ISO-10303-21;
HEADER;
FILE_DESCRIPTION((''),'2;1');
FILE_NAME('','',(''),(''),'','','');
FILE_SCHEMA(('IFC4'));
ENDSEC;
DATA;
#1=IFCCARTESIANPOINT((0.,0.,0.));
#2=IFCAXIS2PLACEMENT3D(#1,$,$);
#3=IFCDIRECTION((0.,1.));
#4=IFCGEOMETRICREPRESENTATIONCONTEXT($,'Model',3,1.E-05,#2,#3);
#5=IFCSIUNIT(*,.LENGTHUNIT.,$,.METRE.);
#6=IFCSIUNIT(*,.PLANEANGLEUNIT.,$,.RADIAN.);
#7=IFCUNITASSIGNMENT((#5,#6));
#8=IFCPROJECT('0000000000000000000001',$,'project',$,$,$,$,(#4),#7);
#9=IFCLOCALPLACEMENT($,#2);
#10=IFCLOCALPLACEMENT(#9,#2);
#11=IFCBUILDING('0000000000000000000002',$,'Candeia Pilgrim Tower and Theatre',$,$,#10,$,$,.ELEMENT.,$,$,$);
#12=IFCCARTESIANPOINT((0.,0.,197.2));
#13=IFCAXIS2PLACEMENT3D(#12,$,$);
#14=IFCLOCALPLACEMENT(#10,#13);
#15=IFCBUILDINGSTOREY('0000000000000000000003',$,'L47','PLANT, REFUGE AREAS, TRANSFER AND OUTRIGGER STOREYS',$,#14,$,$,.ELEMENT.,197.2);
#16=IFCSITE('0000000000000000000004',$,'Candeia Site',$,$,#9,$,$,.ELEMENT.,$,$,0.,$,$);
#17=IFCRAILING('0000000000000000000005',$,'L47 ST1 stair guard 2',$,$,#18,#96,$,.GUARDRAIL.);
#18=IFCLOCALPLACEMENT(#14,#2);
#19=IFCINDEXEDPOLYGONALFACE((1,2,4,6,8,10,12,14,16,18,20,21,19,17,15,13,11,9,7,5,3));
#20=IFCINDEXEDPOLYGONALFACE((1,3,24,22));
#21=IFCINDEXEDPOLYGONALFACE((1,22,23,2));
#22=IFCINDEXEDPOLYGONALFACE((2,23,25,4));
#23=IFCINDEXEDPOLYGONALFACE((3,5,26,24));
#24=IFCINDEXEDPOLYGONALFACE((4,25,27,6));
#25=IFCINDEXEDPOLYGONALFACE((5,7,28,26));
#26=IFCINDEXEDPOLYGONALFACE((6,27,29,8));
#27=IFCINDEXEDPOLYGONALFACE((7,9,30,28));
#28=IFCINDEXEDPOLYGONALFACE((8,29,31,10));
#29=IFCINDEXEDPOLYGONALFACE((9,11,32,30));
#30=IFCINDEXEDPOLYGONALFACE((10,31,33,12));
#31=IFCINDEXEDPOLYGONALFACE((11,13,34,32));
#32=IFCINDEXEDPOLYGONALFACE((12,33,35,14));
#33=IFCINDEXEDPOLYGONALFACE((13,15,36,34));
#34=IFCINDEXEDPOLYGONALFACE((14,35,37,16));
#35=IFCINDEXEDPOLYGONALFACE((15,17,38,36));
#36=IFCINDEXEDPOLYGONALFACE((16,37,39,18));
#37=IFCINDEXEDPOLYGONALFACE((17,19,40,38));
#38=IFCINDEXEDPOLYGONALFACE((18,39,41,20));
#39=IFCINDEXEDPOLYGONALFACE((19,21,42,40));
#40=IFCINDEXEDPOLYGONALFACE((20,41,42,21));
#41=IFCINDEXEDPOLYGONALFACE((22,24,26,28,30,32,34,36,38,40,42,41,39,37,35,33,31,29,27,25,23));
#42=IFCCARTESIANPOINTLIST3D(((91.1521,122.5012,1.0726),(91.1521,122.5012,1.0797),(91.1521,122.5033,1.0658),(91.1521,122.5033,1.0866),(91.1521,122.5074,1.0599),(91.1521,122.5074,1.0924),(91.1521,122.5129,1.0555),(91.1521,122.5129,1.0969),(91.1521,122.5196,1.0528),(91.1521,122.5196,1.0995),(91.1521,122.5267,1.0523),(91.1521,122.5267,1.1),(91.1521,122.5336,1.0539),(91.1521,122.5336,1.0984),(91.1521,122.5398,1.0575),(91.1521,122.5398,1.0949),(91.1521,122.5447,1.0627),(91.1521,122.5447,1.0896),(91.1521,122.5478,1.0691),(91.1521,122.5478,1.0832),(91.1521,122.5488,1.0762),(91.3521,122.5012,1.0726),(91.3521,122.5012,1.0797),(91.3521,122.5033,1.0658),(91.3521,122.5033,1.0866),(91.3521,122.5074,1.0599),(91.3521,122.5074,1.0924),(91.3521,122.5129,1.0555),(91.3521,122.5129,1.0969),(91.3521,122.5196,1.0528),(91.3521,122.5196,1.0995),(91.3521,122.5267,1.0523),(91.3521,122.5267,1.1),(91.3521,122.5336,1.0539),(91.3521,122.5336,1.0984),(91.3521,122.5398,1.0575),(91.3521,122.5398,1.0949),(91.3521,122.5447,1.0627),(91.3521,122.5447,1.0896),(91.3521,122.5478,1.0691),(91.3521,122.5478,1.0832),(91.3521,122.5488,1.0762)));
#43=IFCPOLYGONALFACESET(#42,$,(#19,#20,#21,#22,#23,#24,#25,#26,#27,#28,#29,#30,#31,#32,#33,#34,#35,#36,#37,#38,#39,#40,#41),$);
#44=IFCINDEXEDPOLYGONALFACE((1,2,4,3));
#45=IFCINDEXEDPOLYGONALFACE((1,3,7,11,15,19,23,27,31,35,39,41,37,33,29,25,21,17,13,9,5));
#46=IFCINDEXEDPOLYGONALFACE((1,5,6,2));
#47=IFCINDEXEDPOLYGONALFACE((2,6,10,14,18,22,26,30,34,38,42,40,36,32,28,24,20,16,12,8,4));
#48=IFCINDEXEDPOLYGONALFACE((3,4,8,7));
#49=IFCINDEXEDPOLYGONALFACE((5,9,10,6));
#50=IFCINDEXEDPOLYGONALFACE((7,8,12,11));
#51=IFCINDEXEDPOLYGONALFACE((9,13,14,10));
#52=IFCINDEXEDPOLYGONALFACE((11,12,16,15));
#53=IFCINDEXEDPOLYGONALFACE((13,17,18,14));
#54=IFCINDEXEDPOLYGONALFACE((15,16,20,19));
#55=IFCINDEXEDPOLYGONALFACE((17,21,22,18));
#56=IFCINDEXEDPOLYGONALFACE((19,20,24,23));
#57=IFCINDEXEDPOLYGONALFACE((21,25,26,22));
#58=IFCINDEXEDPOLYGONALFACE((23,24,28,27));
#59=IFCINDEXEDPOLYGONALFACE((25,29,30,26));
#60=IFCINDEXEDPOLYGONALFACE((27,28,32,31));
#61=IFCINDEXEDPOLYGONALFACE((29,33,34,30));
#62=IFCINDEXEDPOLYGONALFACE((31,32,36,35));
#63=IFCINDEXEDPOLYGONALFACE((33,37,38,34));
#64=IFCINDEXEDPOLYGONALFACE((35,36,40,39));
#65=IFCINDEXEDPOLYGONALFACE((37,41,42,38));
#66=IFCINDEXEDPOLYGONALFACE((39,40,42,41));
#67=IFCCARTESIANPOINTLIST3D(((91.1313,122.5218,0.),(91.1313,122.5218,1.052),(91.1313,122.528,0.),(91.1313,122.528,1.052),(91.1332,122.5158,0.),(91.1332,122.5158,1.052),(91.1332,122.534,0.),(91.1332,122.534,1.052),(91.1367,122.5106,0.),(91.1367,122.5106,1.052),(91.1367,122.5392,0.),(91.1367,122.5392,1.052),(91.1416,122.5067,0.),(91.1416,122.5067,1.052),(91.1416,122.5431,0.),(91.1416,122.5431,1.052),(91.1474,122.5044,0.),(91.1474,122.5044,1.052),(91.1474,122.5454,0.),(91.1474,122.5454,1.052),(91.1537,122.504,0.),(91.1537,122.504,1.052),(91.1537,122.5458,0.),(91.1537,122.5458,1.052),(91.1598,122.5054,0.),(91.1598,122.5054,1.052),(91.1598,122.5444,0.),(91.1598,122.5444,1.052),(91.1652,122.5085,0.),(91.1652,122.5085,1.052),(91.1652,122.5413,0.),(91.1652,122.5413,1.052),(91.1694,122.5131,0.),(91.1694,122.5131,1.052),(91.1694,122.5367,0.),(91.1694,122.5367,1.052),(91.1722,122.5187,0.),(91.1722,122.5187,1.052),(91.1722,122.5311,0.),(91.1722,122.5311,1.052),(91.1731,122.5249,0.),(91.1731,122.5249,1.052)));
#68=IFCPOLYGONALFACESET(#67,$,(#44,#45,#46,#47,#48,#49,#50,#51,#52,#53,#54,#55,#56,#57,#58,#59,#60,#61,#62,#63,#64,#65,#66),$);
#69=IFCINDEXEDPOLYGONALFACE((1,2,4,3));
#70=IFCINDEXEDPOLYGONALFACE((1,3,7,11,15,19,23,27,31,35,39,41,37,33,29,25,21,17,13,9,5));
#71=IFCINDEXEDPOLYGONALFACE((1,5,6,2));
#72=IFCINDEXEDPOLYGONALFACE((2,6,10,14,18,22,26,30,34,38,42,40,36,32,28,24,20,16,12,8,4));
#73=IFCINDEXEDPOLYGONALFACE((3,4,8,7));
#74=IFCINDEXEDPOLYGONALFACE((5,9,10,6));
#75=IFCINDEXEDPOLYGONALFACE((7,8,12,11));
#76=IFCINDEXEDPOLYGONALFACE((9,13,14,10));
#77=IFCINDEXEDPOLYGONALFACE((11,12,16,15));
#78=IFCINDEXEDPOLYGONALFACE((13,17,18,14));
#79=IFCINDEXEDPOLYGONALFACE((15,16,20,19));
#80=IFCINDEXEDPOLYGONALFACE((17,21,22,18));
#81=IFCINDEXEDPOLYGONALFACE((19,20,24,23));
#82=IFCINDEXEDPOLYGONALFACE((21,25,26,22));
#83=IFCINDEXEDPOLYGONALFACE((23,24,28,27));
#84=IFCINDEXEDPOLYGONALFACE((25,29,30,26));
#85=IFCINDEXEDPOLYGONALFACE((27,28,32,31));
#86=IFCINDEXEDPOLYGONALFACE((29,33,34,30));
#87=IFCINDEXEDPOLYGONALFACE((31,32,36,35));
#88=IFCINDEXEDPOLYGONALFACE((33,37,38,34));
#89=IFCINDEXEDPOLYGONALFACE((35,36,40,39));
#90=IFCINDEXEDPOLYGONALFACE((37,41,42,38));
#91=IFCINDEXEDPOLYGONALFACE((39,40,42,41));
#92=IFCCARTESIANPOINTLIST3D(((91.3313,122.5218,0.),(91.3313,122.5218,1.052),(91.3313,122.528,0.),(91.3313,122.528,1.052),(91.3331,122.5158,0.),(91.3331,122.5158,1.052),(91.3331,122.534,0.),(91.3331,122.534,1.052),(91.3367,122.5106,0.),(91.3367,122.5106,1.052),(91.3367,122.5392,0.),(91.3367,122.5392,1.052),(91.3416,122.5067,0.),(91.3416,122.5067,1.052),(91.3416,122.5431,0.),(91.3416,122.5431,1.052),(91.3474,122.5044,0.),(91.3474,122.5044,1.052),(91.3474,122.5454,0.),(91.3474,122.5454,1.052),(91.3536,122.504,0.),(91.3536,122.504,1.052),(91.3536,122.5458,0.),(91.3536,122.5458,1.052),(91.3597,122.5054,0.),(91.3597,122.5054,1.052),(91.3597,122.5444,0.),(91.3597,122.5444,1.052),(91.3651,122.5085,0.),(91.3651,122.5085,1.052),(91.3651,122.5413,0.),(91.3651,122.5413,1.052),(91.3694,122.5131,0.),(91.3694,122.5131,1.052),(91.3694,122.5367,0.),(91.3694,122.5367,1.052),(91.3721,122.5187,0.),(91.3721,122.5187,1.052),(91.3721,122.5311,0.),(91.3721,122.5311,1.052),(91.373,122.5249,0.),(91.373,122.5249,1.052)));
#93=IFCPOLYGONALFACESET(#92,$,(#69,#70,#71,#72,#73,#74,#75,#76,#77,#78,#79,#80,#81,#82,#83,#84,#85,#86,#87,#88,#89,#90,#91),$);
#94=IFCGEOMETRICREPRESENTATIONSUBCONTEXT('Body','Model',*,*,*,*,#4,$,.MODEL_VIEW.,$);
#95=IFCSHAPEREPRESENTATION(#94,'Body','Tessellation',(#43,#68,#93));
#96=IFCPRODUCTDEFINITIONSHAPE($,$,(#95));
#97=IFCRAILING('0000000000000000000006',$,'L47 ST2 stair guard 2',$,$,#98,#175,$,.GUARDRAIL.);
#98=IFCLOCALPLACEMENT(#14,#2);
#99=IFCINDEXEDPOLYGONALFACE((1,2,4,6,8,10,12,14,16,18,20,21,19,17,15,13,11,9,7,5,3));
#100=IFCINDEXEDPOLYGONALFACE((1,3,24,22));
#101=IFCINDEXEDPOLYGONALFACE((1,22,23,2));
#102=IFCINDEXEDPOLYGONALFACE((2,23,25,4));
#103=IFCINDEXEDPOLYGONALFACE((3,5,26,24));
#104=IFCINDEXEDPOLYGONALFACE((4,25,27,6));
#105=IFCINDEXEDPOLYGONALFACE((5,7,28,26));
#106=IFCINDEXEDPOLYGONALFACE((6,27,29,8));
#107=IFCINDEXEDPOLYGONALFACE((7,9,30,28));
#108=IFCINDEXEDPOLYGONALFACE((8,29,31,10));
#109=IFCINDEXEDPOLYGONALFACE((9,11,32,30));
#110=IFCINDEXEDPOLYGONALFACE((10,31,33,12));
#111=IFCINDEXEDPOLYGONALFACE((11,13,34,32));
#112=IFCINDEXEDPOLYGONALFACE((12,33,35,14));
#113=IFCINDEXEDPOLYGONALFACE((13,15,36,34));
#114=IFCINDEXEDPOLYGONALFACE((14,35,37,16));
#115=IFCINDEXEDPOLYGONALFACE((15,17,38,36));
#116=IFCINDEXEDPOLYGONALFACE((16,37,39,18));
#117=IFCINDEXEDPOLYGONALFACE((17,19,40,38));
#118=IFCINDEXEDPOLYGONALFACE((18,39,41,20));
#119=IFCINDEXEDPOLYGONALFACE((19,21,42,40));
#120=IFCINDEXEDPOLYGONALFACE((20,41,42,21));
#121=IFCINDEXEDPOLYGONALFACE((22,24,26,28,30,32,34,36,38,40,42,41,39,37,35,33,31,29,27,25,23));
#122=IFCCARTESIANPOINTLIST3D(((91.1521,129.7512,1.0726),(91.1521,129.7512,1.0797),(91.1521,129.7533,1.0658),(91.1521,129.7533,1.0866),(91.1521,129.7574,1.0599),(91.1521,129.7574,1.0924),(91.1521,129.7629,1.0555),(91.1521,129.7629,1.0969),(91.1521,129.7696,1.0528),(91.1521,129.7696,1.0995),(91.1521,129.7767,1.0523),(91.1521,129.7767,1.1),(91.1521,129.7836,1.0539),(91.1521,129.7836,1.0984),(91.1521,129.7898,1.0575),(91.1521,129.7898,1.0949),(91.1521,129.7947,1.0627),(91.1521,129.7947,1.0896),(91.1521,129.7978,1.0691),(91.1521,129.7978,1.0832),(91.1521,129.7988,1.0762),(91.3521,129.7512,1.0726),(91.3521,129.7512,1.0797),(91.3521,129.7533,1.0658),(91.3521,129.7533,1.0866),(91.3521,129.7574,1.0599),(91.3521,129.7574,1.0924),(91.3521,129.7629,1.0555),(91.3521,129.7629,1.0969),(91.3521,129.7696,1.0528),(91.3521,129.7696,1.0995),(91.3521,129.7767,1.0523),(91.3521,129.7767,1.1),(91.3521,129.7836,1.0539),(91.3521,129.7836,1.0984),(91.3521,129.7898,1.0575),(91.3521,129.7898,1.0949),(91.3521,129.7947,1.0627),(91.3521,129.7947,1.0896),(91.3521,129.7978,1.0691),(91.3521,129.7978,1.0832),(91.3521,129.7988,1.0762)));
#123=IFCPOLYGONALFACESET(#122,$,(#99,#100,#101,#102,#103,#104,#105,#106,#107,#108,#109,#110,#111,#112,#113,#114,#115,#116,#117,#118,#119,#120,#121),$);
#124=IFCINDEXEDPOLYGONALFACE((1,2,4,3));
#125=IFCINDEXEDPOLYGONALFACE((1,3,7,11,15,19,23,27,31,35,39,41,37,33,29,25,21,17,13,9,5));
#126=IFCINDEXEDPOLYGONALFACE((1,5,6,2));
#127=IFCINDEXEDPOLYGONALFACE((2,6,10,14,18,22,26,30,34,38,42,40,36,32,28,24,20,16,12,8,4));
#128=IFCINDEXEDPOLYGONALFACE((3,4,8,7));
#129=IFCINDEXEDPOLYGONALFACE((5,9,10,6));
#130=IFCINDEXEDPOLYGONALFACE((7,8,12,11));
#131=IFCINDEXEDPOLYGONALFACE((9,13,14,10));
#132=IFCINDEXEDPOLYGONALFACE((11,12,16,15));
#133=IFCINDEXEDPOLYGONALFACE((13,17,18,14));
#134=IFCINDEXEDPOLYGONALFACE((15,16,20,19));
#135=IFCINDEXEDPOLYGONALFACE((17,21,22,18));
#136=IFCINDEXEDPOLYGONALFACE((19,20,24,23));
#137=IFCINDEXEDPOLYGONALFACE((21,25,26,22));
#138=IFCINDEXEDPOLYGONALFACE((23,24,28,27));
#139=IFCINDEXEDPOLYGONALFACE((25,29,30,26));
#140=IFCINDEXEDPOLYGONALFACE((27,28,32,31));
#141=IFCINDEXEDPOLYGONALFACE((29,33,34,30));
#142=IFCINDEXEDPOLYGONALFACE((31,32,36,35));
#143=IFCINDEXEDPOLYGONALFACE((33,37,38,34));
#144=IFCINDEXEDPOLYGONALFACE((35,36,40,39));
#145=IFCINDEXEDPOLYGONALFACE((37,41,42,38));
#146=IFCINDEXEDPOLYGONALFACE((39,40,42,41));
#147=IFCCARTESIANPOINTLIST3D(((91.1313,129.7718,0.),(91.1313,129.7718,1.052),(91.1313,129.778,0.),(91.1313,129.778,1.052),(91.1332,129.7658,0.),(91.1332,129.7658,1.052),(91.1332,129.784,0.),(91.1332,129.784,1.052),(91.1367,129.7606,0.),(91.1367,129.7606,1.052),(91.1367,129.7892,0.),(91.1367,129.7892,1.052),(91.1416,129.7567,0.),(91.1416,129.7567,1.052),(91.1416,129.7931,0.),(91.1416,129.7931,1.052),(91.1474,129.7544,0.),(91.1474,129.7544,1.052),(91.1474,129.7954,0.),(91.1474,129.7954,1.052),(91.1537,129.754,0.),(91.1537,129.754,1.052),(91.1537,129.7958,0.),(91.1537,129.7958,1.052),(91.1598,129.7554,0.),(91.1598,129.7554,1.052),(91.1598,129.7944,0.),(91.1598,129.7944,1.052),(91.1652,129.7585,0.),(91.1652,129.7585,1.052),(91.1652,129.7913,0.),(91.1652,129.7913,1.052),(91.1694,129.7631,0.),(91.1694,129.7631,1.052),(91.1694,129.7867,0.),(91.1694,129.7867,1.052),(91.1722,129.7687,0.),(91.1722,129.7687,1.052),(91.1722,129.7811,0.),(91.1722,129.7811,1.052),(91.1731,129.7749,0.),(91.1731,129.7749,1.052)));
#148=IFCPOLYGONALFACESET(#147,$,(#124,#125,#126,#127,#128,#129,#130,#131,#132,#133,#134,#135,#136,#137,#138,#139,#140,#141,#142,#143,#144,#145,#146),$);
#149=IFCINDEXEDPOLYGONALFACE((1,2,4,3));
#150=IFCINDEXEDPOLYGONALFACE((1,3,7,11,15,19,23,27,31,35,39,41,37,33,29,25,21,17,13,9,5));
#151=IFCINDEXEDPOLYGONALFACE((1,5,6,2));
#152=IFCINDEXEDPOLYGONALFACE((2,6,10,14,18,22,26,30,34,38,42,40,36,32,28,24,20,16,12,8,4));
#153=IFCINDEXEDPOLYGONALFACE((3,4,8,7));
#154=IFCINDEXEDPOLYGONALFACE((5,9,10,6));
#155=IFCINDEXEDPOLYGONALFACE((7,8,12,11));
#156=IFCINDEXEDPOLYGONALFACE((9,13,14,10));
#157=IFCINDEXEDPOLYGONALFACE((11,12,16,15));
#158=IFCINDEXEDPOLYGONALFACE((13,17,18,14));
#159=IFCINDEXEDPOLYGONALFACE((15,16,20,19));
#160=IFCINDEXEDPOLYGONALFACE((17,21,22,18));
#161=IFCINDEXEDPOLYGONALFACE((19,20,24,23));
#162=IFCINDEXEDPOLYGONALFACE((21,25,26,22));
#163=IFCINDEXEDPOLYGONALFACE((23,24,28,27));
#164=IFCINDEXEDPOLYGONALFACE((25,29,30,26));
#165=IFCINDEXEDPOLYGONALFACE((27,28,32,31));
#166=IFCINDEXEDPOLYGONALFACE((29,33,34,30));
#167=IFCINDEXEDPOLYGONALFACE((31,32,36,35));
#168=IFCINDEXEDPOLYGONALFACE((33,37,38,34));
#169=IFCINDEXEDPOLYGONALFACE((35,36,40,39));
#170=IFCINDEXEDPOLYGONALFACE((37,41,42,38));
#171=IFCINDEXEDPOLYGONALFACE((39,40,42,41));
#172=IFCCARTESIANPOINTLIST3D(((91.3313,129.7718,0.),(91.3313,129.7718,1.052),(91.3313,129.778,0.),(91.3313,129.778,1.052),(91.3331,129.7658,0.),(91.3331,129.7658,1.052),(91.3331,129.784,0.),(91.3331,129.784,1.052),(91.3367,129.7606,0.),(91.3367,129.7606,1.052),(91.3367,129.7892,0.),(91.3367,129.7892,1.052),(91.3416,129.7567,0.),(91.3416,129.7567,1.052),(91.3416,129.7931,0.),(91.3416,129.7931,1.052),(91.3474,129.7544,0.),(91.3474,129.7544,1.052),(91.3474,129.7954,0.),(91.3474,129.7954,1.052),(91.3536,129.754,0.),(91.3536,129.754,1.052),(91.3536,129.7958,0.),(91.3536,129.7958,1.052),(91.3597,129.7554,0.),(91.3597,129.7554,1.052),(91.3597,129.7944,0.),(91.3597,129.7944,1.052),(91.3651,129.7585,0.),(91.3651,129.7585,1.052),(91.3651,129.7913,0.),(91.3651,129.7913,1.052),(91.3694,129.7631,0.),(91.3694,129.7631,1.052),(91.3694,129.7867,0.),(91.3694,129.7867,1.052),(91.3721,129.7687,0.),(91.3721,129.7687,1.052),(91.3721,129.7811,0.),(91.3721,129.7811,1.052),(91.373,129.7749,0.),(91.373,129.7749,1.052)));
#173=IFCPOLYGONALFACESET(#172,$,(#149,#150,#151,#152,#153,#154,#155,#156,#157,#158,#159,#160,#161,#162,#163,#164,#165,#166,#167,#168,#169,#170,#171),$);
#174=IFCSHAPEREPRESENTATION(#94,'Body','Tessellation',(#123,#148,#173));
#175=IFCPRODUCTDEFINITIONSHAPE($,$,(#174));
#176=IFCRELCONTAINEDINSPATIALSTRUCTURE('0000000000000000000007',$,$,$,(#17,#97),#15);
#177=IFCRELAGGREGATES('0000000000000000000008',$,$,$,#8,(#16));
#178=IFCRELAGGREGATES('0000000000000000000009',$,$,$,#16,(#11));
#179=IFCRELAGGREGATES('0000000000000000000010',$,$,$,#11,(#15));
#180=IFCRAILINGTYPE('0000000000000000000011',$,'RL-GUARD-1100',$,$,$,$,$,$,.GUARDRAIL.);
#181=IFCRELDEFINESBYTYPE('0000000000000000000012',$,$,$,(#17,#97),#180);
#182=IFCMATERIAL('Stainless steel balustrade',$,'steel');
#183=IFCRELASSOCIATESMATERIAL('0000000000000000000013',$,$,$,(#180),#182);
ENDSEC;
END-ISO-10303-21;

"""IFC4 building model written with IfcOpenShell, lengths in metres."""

from ifc_helpers import new_model, si_unit, direction, frame, origin, origin_2d, place, context, subcontext, project, spatial, circle, extrude, material, type_object, element, save


model = new_model("IFC4")

# Units and contexts
model_context = context("Model", 3, precision=1e-05, world=origin(), true_north=direction((0.0, 1.0)))
body_context = subcontext(model_context, "Body", "Model", "MODEL_VIEW")
ifc_project = project(units=[si_unit("LENGTHUNIT", "METRE"), si_unit("PLANEANGLEUNIT", "RADIAN")], contexts=[model_context])

# Site, building, storey
site_placement = place(None, origin())
site = spatial("IfcSite", under=ifc_project, at=site_placement, Name="Candeia Site", CompositionType="ELEMENT", RefElevation=0.0)
building_placement = place(site_placement, origin())
building = spatial("IfcBuilding", under=site, at=building_placement, Name="Candeia Pilgrim Tower and Theatre", CompositionType="ELEMENT")
storey_placement = place(building_placement, frame((0.0, 0.0, 197.2)))
storey = spatial("IfcBuildingStorey", under=building, at=storey_placement, Name="L47", Description="PLANT, REFUGE AREAS, TRANSFER AND OUTRIGGER STOREYS", CompositionType="ELEMENT", Elevation=197.2)

# Railings
ifc_material_1 = material(Name="Stainless steel balustrade", Category="steel")
railing_type_1 = type_object("IfcRailingType", Name="RL-GUARD-1100", PredefinedType="GUARDRAIL", material=ifc_material_1)
railing_1_placement = place(storey_placement, frame((91.1521, 122.5249, 0.0)))
element("IfcRailing", 1, at=railing_1_placement, inside=storey, type_object=railing_type_1, Name="L47 ST1 stair guard 2", PredefinedType="GUARDRAIL", context=body_context, shape_type="SweptSolid", body=[
    extrude(circle(Radius=0.0239, at=origin_2d()), frame((0.0, 0.0, 1.0762), z_axis=(1.0, 0.0, 0.0), x_axis=(0.0, 1.0, 0.0)), (0.0, 0.0, 1.0), 0.2),
    extrude(circle(Radius=0.021, at=origin_2d()), origin(), (0.0, 0.0, 1.0), 1.052),
    extrude(circle(Radius=0.021, at=origin_2d()), frame((0.2, 0.0, 0.0)), (0.0, 0.0, 1.0), 1.052),
])
railing_2_placement = place(storey_placement, frame((91.1521, 129.7749, 0.0)))
element("IfcRailing", 2, at=railing_2_placement, inside=storey, type_object=railing_type_1, Name="L47 ST2 stair guard 2", PredefinedType="GUARDRAIL", context=body_context, shape_type="SweptSolid", body=[
    extrude(circle(Radius=0.0239, at=origin_2d()), frame((0.0, 0.0, 1.0762), z_axis=(1.0, 0.0, 0.0), x_axis=(0.0, 1.0, 0.0)), (0.0, 0.0, 1.0), 0.2),
    extrude(circle(Radius=0.021, at=origin_2d()), origin(), (0.0, 0.0, 1.0), 1.052),
    extrude(circle(Radius=0.021, at=origin_2d()), frame((0.2, 0.0, 0.0)), (0.0, 0.0, 1.0), 1.052),
])

save(model, "model.ifc")
